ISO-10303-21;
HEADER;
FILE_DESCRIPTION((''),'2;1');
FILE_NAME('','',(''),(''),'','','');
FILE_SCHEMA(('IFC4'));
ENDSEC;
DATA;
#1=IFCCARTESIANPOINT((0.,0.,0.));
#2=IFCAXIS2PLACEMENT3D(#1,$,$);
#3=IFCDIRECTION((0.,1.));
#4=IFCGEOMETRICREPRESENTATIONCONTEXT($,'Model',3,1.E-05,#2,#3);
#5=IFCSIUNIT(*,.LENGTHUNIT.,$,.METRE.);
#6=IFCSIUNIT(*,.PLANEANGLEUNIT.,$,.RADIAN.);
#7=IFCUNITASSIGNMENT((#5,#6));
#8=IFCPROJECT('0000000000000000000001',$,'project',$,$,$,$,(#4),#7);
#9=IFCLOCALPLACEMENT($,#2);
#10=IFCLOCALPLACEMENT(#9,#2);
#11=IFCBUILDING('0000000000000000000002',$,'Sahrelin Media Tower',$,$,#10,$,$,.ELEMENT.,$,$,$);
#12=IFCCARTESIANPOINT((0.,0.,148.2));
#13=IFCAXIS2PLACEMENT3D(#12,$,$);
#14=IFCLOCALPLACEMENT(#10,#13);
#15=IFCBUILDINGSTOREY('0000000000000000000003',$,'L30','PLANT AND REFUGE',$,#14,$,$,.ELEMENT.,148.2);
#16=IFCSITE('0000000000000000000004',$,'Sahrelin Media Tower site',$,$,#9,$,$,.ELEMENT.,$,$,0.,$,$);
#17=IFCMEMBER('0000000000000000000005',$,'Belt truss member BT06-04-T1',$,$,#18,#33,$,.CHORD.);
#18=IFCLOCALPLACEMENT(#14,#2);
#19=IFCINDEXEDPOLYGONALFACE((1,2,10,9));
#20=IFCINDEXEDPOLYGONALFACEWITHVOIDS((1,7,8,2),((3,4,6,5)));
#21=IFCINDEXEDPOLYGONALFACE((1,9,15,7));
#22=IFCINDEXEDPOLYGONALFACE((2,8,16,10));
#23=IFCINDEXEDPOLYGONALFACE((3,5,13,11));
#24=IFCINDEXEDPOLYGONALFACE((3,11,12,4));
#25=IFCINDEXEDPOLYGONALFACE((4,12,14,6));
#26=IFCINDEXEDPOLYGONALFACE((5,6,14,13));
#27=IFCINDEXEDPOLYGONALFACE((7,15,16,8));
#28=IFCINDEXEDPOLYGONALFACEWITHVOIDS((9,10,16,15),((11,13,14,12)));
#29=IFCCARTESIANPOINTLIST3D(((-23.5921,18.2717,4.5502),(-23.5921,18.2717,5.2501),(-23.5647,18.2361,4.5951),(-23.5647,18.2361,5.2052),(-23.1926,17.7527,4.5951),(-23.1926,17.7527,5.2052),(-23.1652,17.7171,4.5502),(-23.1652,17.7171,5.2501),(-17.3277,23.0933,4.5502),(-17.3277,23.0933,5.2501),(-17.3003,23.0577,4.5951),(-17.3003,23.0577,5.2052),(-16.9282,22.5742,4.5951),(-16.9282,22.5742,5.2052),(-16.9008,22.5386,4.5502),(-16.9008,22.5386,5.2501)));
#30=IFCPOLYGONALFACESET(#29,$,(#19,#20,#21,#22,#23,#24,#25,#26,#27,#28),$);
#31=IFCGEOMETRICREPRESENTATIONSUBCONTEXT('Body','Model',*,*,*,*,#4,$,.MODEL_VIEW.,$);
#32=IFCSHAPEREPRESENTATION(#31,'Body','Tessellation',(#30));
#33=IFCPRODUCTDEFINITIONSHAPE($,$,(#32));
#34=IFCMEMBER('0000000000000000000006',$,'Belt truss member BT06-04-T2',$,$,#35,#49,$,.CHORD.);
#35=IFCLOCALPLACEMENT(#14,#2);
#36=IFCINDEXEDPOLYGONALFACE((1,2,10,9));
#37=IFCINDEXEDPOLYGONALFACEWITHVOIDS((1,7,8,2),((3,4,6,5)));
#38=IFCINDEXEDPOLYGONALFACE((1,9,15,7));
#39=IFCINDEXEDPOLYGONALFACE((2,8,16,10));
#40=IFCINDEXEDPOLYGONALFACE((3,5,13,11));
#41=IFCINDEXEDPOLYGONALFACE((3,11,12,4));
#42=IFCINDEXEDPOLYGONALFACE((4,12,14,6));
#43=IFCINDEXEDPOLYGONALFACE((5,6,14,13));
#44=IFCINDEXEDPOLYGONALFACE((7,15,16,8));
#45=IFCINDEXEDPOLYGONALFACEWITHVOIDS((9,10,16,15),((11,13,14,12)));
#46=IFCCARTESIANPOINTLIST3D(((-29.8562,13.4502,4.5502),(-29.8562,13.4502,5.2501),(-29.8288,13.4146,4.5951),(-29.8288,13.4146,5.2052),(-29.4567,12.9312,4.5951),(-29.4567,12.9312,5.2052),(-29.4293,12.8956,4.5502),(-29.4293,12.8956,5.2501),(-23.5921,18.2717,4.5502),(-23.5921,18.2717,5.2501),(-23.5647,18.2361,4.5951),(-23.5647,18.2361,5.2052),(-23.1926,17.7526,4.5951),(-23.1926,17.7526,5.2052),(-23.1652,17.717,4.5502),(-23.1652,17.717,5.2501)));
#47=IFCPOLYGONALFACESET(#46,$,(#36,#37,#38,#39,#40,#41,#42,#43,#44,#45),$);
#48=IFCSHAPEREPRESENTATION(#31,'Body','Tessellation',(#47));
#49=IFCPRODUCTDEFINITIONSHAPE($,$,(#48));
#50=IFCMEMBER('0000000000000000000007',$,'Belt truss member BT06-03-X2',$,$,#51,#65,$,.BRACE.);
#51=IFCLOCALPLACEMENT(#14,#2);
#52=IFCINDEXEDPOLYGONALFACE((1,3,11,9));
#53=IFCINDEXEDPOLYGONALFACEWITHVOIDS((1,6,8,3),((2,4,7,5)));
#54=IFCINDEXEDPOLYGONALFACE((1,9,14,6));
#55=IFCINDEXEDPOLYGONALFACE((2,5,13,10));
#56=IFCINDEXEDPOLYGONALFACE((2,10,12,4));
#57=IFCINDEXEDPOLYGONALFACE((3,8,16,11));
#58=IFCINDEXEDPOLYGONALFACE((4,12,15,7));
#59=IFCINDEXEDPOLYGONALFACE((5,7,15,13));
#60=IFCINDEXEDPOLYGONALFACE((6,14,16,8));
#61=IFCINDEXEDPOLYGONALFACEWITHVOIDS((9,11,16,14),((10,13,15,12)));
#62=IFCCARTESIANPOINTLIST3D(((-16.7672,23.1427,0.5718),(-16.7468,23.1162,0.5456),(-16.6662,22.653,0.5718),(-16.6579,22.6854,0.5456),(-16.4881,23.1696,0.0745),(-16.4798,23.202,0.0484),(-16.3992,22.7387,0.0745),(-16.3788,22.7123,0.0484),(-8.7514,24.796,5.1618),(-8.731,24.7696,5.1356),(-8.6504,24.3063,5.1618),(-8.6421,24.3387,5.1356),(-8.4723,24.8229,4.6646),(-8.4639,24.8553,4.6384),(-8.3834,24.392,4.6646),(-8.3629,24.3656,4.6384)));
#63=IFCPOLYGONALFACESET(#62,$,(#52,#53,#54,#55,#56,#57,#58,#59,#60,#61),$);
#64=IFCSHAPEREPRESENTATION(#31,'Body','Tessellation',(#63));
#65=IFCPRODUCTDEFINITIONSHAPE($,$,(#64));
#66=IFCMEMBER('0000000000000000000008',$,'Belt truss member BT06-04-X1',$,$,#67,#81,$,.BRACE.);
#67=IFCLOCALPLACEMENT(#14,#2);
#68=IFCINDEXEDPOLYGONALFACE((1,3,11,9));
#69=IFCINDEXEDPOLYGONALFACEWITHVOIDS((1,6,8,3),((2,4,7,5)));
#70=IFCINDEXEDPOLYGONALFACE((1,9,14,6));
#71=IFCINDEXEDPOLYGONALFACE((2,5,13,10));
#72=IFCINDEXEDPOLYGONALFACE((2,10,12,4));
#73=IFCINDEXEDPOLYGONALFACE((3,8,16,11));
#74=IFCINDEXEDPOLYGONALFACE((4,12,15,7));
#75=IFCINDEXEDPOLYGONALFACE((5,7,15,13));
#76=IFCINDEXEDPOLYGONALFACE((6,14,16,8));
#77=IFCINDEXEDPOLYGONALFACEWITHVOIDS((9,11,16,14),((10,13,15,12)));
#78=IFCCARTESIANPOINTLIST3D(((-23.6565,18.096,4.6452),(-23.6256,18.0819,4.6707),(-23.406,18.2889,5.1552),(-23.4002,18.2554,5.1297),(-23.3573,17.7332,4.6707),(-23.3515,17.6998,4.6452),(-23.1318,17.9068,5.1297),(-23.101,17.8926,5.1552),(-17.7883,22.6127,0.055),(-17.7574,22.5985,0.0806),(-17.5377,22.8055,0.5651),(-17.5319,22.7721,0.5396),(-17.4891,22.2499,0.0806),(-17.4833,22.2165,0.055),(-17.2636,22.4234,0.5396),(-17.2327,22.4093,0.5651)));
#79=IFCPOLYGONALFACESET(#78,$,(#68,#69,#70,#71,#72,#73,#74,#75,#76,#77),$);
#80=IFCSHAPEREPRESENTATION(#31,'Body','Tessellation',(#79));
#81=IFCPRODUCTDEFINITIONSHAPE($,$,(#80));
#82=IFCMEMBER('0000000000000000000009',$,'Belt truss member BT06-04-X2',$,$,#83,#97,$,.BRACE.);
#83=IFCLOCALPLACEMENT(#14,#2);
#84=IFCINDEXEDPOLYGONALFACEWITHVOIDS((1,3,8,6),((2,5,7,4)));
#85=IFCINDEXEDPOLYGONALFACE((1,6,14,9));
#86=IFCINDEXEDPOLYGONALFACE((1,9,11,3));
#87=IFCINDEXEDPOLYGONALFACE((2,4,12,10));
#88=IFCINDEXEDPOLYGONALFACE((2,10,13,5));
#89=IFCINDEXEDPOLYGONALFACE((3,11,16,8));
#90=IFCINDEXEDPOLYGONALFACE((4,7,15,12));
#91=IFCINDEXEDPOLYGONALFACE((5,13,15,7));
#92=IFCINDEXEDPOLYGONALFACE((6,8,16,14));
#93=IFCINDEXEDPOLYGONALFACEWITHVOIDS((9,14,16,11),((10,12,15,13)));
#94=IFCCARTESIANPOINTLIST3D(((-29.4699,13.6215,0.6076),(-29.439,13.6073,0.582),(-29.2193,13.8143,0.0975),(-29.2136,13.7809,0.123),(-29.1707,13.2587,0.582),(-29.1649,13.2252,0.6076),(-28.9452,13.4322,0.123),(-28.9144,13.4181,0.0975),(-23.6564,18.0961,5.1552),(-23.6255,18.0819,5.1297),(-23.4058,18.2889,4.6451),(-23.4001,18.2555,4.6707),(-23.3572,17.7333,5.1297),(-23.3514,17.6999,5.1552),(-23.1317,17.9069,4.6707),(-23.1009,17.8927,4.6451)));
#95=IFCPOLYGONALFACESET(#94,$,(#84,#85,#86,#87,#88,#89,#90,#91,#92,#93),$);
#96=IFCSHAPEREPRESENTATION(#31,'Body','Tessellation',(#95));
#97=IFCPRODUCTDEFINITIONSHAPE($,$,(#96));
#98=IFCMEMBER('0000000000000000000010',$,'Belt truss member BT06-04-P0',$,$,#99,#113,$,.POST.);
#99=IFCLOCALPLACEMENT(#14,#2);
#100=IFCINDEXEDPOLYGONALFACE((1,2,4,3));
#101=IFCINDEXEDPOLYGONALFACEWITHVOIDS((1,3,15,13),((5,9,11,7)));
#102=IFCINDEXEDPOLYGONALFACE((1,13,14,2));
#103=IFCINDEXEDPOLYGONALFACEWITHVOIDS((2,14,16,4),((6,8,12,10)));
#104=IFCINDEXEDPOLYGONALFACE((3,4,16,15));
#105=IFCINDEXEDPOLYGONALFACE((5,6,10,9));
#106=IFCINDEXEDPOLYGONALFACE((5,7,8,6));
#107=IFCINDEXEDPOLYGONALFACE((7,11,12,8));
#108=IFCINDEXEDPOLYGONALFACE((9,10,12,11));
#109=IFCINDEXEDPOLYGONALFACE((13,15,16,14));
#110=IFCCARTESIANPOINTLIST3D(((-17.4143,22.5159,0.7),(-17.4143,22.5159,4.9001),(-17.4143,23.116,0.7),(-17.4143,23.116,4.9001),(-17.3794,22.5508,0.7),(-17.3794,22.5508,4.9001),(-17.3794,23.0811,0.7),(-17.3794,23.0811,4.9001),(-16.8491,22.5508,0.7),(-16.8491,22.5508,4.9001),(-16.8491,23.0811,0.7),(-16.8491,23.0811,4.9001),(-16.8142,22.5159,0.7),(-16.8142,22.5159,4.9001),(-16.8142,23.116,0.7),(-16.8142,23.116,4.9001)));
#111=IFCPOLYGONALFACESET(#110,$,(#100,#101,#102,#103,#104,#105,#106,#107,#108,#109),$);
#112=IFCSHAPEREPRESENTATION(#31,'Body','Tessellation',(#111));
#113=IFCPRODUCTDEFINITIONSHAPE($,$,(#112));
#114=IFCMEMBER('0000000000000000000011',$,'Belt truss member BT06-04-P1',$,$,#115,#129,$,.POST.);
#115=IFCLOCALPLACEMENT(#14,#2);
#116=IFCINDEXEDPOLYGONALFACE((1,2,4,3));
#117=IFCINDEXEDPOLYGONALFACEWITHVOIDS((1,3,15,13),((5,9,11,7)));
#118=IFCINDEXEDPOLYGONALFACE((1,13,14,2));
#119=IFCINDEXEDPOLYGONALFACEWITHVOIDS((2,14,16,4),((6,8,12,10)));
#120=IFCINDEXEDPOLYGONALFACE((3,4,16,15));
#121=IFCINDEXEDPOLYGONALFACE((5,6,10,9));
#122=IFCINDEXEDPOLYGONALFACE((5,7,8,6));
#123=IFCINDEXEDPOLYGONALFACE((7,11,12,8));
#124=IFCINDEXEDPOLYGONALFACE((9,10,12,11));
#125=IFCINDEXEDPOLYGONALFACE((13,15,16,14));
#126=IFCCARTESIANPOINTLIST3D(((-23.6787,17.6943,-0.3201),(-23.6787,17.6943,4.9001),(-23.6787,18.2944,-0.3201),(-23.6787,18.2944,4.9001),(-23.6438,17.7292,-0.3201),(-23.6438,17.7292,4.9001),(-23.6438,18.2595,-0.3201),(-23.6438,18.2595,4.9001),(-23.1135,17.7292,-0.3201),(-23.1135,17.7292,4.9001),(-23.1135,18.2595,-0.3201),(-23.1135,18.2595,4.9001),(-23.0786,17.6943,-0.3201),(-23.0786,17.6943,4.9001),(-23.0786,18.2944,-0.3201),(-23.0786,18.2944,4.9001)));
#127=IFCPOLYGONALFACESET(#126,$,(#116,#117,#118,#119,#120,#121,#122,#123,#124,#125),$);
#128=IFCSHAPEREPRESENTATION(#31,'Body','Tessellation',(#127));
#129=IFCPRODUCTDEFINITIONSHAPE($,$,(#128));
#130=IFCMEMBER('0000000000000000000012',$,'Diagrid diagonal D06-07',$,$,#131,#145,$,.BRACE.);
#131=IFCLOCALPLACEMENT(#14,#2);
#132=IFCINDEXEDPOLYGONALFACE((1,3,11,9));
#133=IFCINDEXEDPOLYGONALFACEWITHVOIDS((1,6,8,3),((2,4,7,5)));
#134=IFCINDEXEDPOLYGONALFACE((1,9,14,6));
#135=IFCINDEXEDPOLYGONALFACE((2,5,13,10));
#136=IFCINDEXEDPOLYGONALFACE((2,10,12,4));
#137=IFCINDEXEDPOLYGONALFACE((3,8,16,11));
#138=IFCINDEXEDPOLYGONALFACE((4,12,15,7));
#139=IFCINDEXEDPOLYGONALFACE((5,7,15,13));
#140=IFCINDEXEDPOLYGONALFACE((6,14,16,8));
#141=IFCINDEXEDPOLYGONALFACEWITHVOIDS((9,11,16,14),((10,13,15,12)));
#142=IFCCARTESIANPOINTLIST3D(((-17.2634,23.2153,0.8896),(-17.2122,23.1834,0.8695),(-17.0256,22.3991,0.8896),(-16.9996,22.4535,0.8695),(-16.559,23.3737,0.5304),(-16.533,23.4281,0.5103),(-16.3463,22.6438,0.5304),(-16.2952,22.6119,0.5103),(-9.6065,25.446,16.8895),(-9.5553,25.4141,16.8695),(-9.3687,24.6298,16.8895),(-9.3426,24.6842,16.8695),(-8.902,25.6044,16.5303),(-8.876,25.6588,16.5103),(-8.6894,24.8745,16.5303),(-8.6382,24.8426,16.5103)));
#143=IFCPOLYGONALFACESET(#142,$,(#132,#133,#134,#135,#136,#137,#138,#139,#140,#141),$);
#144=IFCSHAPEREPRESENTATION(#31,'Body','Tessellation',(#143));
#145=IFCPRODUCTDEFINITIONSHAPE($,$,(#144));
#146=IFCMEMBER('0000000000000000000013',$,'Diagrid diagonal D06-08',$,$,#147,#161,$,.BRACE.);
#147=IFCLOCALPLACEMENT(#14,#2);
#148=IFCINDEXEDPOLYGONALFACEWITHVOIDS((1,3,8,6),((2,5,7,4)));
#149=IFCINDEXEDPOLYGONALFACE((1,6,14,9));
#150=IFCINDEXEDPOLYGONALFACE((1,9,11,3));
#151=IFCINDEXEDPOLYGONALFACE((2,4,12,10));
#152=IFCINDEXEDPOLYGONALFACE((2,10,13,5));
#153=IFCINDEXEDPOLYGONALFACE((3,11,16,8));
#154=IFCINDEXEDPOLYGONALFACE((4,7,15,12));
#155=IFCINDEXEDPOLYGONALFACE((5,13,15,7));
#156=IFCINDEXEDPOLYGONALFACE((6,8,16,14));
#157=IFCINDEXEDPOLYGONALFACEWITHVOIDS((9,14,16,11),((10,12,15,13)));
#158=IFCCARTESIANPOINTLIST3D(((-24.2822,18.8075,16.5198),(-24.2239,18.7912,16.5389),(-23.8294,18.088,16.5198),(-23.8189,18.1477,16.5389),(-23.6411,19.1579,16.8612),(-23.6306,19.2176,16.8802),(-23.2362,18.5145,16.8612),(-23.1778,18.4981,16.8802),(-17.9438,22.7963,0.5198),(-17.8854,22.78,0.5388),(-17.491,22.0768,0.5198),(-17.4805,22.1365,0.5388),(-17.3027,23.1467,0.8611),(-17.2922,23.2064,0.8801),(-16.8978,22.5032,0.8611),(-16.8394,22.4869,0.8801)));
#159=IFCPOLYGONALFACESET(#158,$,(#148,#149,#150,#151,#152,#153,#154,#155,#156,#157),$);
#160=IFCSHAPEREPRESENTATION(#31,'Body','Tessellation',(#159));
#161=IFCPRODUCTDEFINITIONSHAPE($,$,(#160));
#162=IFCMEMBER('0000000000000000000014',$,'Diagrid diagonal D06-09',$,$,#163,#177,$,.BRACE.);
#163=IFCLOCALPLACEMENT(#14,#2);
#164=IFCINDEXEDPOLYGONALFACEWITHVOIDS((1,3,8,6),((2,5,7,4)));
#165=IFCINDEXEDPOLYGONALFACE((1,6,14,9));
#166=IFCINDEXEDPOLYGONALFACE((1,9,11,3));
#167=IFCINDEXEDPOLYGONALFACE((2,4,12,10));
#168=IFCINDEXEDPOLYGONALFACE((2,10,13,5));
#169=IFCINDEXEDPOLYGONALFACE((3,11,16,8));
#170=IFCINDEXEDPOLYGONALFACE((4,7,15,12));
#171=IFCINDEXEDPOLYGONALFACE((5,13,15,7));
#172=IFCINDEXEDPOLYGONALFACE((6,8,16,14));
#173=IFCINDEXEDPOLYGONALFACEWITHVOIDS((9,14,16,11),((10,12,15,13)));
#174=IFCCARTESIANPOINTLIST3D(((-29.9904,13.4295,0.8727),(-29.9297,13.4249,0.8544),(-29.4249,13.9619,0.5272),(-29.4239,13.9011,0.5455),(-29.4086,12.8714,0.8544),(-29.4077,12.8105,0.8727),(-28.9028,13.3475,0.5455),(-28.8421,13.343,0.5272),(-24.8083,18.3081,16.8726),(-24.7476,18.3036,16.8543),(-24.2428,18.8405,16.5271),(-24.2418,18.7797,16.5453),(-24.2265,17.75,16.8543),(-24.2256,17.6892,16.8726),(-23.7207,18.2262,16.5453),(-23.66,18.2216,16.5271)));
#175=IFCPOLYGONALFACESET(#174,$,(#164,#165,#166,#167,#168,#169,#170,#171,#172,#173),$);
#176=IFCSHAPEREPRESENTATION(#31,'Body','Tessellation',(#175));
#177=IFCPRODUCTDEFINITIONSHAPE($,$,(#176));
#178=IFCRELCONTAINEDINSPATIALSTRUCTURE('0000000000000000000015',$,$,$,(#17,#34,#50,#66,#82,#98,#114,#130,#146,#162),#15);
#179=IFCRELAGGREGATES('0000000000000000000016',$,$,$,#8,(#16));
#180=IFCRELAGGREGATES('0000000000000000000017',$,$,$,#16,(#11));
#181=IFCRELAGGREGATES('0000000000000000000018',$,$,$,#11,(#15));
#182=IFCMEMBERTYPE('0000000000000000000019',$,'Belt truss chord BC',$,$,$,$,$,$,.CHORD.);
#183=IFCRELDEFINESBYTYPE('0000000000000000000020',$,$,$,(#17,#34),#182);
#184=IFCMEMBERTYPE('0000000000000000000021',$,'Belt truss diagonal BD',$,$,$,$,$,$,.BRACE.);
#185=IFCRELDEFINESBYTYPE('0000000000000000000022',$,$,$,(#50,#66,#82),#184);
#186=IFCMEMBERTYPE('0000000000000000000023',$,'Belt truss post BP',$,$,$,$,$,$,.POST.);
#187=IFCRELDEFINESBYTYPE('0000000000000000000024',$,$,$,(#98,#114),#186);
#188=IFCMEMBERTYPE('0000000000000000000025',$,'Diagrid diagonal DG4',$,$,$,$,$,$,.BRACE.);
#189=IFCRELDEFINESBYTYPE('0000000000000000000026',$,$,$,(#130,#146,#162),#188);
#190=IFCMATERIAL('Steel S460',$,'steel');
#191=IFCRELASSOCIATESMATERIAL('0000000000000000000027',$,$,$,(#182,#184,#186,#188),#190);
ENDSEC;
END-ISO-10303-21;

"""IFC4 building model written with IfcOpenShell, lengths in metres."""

from ifc_helpers import new_model, si_unit, direction, frame, origin, origin_2d, place, context, subcontext, project, spatial, hollow_rectangle, extrude, material, material_profile, profile_set, type_object, element, save


model = new_model("IFC4")

# Units and contexts
model_context = context("Model", 3, precision=1e-05, world=origin(), true_north=direction((0.0, 1.0)))
body_context = subcontext(model_context, "Body", "Model", "MODEL_VIEW")
ifc_project = project(units=[si_unit("LENGTHUNIT", "METRE"), si_unit("PLANEANGLEUNIT", "RADIAN")], contexts=[model_context])

# Site, building, storey
site_placement = place(None, origin())
site = spatial("IfcSite", under=ifc_project, at=site_placement, Name="Sahrelin Media Tower site", CompositionType="ELEMENT", RefElevation=0.0)
building_placement = place(site_placement, origin())
building = spatial("IfcBuilding", under=site, at=building_placement, Name="Sahrelin Media Tower", CompositionType="ELEMENT")
storey_placement = place(building_placement, frame((0.0, 0.0, 148.2)))
storey = spatial("IfcBuildingStorey", under=building, at=storey_placement, Name="L30", Description="PLANT AND REFUGE", CompositionType="ELEMENT", Elevation=148.2)

# Members
ifc_material_1 = material(Name="Steel S460", Category="steel")
ifc_material_profile_1 = material_profile(ifc_material_1, hollow_rectangle(XDim=0.7, YDim=0.7, WallThickness=0.0449, at=origin_2d()), Name="Belt truss chord BC")
ifc_profile_set_1 = profile_set([ifc_material_profile_1], Name="Steel S460")
member_type_1 = type_object("IfcMemberType", Name="Belt truss chord BC", PredefinedType="CHORD", material=ifc_profile_set_1)
member_1_placement = place(storey_placement, frame((-17.1143, 22.8159, 4.9001), z_axis=(-0.792455, -0.60993, 0.0), x_axis=(0.60993, -0.792455, 0.0)))
element("IfcMember", 1, at=member_1_placement, inside=storey, type_object=member_type_1, Name="Belt truss member BT06-04-T1", PredefinedType="CHORD", context=body_context, shape_type="SweptSolid", body=[
    extrude(hollow_rectangle(XDim=0.7, YDim=0.7, WallThickness=0.0449, at=origin_2d()), origin(), (0.0, 0.0, 1.0), 7.905),
])
member_2_placement = place(storey_placement, frame((-23.3787, 17.9944, 4.9001), z_axis=(-0.792444, -0.609945, 0.0), x_axis=(0.609945, -0.792444, 0.0)))
element("IfcMember", 2, at=member_2_placement, inside=storey, type_object=member_type_1, Name="Belt truss member BT06-04-T2", PredefinedType="CHORD", context=body_context, shape_type="SweptSolid", body=[
    extrude(hollow_rectangle(XDim=0.7, YDim=0.7, WallThickness=0.0449, at=origin_2d()), origin(), (0.0, 0.0, 1.0), 7.9048),
])
ifc_material_profile_2 = material_profile(ifc_material_1, hollow_rectangle(XDim=0.5, YDim=0.6001, WallThickness=0.03, at=origin_2d()), Name="Belt truss diagonal BD")
ifc_profile_set_2 = profile_set([ifc_material_profile_2], Name="Steel S460")
member_type_2 = type_object("IfcMemberType", Name="Belt truss diagonal BD", PredefinedType="BRACE", material=ifc_profile_set_2)
member_3_placement = place(storey_placement, frame((-16.573, 22.9275, 0.3101), z_axis=(0.85422, 0.176188, 0.489148), x_axis=(-0.202004, 0.979385, 0.0)))
element("IfcMember", 3, at=member_3_placement, inside=storey, type_object=member_type_2, Name="Belt truss member BT06-03-X2", PredefinedType="BRACE", context=body_context, shape_type="SweptSolid", body=[
    extrude(hollow_rectangle(XDim=0.5, YDim=0.6001, WallThickness=0.03, at=origin_2d()), origin(), (0.0, 0.0, 1.0), 9.3838),
])
member_4_placement = place(storey_placement, frame((-17.5105, 22.511, 0.3101), z_axis=(-0.67355, -0.518417, 0.526852), x_axis=(0.609934, -0.792452, 0.0)))
element("IfcMember", 4, at=member_4_placement, inside=storey, type_object=member_type_2, Name="Belt truss member BT06-04-X1", PredefinedType="BRACE", context=body_context, shape_type="SweptSolid", body=[
    extrude(hollow_rectangle(XDim=0.5, YDim=0.6001, WallThickness=0.03, at=origin_2d()), origin(), (0.0, 0.0, 1.0), 8.7124),
])
member_5_placement = place(storey_placement, frame((-29.1921, 13.5198, 0.3525), z_axis=(0.673534, 0.518417, 0.526874), x_axis=(-0.609942, 0.792446, 0.0)))
element("IfcMember", 5, at=member_5_placement, inside=storey, type_object=member_type_2, Name="Belt truss member BT06-04-X2", PredefinedType="BRACE", context=body_context, shape_type="SweptSolid", body=[
    extrude(hollow_rectangle(XDim=0.5, YDim=0.6001, WallThickness=0.03, at=origin_2d()), origin(), (0.0, 0.0, 1.0), 8.6313),
])
ifc_material_profile_3 = material_profile(ifc_material_1, hollow_rectangle(XDim=0.6001, YDim=0.6001, WallThickness=0.0349, at=origin_2d()), Name="Belt truss post BP")
ifc_profile_set_3 = profile_set([ifc_material_profile_3], Name="Steel S460")
member_type_3 = type_object("IfcMemberType", Name="Belt truss post BP", PredefinedType="POST", material=ifc_profile_set_3)
member_6_placement = place(storey_placement, frame((-17.1143, 22.8159, 0.7), z_axis=(0.0, 0.0, 1.0), x_axis=(1.0, 0.0, 0.0)))
element("IfcMember", 6, at=member_6_placement, inside=storey, type_object=member_type_3, Name="Belt truss member BT06-04-P0", PredefinedType="POST", context=body_context, shape_type="SweptSolid", body=[
    extrude(hollow_rectangle(XDim=0.6001, YDim=0.6001, WallThickness=0.0349, at=origin_2d()), origin(), (0.0, 0.0, 1.0), 4.2002),
])
member_7_placement = place(storey_placement, frame((-23.3787, 17.9944, -0.3201), z_axis=(0.0, 0.0, 1.0), x_axis=(1.0, 0.0, 0.0)))
element("IfcMember", 7, at=member_7_placement, inside=storey, type_object=member_type_3, Name="Belt truss member BT06-04-P1", PredefinedType="POST", context=body_context, shape_type="SweptSolid", body=[
    extrude(hollow_rectangle(XDim=0.6001, YDim=0.6001, WallThickness=0.0349, at=origin_2d()), origin(), (0.0, 0.0, 1.0), 5.2202),
])
ifc_material_profile_4 = material_profile(ifc_material_1, hollow_rectangle(XDim=0.8501, YDim=0.8501, WallThickness=0.0449, at=origin_2d()), Name="Diagrid diagonal DG4")
ifc_profile_set_4 = profile_set([ifc_material_profile_4], Name="Steel S460")
member_type_4 = type_object("IfcMemberType", Name="Diagrid diagonal DG4", PredefinedType="BRACE", material=ifc_profile_set_4)
member_8_placement = place(storey_placement, frame((-16.7793, 22.9136, 0.7), z_axis=(0.428302, 0.124778, 0.894979), x_axis=(-0.279703, 0.960087, 0.0)))
element("IfcMember", 8, at=member_8_placement, inside=storey, type_object=member_type_4, Name="Diagrid diagonal D06-07", PredefinedType="BRACE", context=body_context, shape_type="SweptSolid", body=[
    extrude(hollow_rectangle(XDim=0.8501, YDim=0.8501, WallThickness=0.0449, at=origin_2d()), origin(), (0.0, 0.0, 1.0), 17.8774),
])
member_9_placement = place(storey_placement, frame((-17.3916, 22.6416, 0.7), z_axis=(-0.358791, -0.225789, 0.905698), x_axis=(0.532616, -0.846357, 0.0)))
element("IfcMember", 9, at=member_9_placement, inside=storey, type_object=member_type_4, Name="Diagrid diagonal D06-08", PredefinedType="BRACE", context=body_context, shape_type="SweptSolid", body=[
    extrude(hollow_rectangle(XDim=0.8501, YDim=0.8501, WallThickness=0.0449, at=origin_2d()), origin(), (0.0, 0.0, 1.0), 17.666),
])
member_10_placement = place(storey_placement, frame((-29.4163, 13.3862, 0.7), z_axis=(0.295926, 0.278596, 0.913681), x_axis=(-0.685466, 0.728104, 0.0)))
element("IfcMember", 10, at=member_10_placement, inside=storey, type_object=member_type_4, Name="Diagrid diagonal D06-09", PredefinedType="BRACE", context=body_context, shape_type="SweptSolid", body=[
    extrude(hollow_rectangle(XDim=0.8501, YDim=0.8501, WallThickness=0.0449, at=origin_2d()), origin(), (0.0, 0.0, 1.0), 17.5115),
])

save(model, "model.ifc")
